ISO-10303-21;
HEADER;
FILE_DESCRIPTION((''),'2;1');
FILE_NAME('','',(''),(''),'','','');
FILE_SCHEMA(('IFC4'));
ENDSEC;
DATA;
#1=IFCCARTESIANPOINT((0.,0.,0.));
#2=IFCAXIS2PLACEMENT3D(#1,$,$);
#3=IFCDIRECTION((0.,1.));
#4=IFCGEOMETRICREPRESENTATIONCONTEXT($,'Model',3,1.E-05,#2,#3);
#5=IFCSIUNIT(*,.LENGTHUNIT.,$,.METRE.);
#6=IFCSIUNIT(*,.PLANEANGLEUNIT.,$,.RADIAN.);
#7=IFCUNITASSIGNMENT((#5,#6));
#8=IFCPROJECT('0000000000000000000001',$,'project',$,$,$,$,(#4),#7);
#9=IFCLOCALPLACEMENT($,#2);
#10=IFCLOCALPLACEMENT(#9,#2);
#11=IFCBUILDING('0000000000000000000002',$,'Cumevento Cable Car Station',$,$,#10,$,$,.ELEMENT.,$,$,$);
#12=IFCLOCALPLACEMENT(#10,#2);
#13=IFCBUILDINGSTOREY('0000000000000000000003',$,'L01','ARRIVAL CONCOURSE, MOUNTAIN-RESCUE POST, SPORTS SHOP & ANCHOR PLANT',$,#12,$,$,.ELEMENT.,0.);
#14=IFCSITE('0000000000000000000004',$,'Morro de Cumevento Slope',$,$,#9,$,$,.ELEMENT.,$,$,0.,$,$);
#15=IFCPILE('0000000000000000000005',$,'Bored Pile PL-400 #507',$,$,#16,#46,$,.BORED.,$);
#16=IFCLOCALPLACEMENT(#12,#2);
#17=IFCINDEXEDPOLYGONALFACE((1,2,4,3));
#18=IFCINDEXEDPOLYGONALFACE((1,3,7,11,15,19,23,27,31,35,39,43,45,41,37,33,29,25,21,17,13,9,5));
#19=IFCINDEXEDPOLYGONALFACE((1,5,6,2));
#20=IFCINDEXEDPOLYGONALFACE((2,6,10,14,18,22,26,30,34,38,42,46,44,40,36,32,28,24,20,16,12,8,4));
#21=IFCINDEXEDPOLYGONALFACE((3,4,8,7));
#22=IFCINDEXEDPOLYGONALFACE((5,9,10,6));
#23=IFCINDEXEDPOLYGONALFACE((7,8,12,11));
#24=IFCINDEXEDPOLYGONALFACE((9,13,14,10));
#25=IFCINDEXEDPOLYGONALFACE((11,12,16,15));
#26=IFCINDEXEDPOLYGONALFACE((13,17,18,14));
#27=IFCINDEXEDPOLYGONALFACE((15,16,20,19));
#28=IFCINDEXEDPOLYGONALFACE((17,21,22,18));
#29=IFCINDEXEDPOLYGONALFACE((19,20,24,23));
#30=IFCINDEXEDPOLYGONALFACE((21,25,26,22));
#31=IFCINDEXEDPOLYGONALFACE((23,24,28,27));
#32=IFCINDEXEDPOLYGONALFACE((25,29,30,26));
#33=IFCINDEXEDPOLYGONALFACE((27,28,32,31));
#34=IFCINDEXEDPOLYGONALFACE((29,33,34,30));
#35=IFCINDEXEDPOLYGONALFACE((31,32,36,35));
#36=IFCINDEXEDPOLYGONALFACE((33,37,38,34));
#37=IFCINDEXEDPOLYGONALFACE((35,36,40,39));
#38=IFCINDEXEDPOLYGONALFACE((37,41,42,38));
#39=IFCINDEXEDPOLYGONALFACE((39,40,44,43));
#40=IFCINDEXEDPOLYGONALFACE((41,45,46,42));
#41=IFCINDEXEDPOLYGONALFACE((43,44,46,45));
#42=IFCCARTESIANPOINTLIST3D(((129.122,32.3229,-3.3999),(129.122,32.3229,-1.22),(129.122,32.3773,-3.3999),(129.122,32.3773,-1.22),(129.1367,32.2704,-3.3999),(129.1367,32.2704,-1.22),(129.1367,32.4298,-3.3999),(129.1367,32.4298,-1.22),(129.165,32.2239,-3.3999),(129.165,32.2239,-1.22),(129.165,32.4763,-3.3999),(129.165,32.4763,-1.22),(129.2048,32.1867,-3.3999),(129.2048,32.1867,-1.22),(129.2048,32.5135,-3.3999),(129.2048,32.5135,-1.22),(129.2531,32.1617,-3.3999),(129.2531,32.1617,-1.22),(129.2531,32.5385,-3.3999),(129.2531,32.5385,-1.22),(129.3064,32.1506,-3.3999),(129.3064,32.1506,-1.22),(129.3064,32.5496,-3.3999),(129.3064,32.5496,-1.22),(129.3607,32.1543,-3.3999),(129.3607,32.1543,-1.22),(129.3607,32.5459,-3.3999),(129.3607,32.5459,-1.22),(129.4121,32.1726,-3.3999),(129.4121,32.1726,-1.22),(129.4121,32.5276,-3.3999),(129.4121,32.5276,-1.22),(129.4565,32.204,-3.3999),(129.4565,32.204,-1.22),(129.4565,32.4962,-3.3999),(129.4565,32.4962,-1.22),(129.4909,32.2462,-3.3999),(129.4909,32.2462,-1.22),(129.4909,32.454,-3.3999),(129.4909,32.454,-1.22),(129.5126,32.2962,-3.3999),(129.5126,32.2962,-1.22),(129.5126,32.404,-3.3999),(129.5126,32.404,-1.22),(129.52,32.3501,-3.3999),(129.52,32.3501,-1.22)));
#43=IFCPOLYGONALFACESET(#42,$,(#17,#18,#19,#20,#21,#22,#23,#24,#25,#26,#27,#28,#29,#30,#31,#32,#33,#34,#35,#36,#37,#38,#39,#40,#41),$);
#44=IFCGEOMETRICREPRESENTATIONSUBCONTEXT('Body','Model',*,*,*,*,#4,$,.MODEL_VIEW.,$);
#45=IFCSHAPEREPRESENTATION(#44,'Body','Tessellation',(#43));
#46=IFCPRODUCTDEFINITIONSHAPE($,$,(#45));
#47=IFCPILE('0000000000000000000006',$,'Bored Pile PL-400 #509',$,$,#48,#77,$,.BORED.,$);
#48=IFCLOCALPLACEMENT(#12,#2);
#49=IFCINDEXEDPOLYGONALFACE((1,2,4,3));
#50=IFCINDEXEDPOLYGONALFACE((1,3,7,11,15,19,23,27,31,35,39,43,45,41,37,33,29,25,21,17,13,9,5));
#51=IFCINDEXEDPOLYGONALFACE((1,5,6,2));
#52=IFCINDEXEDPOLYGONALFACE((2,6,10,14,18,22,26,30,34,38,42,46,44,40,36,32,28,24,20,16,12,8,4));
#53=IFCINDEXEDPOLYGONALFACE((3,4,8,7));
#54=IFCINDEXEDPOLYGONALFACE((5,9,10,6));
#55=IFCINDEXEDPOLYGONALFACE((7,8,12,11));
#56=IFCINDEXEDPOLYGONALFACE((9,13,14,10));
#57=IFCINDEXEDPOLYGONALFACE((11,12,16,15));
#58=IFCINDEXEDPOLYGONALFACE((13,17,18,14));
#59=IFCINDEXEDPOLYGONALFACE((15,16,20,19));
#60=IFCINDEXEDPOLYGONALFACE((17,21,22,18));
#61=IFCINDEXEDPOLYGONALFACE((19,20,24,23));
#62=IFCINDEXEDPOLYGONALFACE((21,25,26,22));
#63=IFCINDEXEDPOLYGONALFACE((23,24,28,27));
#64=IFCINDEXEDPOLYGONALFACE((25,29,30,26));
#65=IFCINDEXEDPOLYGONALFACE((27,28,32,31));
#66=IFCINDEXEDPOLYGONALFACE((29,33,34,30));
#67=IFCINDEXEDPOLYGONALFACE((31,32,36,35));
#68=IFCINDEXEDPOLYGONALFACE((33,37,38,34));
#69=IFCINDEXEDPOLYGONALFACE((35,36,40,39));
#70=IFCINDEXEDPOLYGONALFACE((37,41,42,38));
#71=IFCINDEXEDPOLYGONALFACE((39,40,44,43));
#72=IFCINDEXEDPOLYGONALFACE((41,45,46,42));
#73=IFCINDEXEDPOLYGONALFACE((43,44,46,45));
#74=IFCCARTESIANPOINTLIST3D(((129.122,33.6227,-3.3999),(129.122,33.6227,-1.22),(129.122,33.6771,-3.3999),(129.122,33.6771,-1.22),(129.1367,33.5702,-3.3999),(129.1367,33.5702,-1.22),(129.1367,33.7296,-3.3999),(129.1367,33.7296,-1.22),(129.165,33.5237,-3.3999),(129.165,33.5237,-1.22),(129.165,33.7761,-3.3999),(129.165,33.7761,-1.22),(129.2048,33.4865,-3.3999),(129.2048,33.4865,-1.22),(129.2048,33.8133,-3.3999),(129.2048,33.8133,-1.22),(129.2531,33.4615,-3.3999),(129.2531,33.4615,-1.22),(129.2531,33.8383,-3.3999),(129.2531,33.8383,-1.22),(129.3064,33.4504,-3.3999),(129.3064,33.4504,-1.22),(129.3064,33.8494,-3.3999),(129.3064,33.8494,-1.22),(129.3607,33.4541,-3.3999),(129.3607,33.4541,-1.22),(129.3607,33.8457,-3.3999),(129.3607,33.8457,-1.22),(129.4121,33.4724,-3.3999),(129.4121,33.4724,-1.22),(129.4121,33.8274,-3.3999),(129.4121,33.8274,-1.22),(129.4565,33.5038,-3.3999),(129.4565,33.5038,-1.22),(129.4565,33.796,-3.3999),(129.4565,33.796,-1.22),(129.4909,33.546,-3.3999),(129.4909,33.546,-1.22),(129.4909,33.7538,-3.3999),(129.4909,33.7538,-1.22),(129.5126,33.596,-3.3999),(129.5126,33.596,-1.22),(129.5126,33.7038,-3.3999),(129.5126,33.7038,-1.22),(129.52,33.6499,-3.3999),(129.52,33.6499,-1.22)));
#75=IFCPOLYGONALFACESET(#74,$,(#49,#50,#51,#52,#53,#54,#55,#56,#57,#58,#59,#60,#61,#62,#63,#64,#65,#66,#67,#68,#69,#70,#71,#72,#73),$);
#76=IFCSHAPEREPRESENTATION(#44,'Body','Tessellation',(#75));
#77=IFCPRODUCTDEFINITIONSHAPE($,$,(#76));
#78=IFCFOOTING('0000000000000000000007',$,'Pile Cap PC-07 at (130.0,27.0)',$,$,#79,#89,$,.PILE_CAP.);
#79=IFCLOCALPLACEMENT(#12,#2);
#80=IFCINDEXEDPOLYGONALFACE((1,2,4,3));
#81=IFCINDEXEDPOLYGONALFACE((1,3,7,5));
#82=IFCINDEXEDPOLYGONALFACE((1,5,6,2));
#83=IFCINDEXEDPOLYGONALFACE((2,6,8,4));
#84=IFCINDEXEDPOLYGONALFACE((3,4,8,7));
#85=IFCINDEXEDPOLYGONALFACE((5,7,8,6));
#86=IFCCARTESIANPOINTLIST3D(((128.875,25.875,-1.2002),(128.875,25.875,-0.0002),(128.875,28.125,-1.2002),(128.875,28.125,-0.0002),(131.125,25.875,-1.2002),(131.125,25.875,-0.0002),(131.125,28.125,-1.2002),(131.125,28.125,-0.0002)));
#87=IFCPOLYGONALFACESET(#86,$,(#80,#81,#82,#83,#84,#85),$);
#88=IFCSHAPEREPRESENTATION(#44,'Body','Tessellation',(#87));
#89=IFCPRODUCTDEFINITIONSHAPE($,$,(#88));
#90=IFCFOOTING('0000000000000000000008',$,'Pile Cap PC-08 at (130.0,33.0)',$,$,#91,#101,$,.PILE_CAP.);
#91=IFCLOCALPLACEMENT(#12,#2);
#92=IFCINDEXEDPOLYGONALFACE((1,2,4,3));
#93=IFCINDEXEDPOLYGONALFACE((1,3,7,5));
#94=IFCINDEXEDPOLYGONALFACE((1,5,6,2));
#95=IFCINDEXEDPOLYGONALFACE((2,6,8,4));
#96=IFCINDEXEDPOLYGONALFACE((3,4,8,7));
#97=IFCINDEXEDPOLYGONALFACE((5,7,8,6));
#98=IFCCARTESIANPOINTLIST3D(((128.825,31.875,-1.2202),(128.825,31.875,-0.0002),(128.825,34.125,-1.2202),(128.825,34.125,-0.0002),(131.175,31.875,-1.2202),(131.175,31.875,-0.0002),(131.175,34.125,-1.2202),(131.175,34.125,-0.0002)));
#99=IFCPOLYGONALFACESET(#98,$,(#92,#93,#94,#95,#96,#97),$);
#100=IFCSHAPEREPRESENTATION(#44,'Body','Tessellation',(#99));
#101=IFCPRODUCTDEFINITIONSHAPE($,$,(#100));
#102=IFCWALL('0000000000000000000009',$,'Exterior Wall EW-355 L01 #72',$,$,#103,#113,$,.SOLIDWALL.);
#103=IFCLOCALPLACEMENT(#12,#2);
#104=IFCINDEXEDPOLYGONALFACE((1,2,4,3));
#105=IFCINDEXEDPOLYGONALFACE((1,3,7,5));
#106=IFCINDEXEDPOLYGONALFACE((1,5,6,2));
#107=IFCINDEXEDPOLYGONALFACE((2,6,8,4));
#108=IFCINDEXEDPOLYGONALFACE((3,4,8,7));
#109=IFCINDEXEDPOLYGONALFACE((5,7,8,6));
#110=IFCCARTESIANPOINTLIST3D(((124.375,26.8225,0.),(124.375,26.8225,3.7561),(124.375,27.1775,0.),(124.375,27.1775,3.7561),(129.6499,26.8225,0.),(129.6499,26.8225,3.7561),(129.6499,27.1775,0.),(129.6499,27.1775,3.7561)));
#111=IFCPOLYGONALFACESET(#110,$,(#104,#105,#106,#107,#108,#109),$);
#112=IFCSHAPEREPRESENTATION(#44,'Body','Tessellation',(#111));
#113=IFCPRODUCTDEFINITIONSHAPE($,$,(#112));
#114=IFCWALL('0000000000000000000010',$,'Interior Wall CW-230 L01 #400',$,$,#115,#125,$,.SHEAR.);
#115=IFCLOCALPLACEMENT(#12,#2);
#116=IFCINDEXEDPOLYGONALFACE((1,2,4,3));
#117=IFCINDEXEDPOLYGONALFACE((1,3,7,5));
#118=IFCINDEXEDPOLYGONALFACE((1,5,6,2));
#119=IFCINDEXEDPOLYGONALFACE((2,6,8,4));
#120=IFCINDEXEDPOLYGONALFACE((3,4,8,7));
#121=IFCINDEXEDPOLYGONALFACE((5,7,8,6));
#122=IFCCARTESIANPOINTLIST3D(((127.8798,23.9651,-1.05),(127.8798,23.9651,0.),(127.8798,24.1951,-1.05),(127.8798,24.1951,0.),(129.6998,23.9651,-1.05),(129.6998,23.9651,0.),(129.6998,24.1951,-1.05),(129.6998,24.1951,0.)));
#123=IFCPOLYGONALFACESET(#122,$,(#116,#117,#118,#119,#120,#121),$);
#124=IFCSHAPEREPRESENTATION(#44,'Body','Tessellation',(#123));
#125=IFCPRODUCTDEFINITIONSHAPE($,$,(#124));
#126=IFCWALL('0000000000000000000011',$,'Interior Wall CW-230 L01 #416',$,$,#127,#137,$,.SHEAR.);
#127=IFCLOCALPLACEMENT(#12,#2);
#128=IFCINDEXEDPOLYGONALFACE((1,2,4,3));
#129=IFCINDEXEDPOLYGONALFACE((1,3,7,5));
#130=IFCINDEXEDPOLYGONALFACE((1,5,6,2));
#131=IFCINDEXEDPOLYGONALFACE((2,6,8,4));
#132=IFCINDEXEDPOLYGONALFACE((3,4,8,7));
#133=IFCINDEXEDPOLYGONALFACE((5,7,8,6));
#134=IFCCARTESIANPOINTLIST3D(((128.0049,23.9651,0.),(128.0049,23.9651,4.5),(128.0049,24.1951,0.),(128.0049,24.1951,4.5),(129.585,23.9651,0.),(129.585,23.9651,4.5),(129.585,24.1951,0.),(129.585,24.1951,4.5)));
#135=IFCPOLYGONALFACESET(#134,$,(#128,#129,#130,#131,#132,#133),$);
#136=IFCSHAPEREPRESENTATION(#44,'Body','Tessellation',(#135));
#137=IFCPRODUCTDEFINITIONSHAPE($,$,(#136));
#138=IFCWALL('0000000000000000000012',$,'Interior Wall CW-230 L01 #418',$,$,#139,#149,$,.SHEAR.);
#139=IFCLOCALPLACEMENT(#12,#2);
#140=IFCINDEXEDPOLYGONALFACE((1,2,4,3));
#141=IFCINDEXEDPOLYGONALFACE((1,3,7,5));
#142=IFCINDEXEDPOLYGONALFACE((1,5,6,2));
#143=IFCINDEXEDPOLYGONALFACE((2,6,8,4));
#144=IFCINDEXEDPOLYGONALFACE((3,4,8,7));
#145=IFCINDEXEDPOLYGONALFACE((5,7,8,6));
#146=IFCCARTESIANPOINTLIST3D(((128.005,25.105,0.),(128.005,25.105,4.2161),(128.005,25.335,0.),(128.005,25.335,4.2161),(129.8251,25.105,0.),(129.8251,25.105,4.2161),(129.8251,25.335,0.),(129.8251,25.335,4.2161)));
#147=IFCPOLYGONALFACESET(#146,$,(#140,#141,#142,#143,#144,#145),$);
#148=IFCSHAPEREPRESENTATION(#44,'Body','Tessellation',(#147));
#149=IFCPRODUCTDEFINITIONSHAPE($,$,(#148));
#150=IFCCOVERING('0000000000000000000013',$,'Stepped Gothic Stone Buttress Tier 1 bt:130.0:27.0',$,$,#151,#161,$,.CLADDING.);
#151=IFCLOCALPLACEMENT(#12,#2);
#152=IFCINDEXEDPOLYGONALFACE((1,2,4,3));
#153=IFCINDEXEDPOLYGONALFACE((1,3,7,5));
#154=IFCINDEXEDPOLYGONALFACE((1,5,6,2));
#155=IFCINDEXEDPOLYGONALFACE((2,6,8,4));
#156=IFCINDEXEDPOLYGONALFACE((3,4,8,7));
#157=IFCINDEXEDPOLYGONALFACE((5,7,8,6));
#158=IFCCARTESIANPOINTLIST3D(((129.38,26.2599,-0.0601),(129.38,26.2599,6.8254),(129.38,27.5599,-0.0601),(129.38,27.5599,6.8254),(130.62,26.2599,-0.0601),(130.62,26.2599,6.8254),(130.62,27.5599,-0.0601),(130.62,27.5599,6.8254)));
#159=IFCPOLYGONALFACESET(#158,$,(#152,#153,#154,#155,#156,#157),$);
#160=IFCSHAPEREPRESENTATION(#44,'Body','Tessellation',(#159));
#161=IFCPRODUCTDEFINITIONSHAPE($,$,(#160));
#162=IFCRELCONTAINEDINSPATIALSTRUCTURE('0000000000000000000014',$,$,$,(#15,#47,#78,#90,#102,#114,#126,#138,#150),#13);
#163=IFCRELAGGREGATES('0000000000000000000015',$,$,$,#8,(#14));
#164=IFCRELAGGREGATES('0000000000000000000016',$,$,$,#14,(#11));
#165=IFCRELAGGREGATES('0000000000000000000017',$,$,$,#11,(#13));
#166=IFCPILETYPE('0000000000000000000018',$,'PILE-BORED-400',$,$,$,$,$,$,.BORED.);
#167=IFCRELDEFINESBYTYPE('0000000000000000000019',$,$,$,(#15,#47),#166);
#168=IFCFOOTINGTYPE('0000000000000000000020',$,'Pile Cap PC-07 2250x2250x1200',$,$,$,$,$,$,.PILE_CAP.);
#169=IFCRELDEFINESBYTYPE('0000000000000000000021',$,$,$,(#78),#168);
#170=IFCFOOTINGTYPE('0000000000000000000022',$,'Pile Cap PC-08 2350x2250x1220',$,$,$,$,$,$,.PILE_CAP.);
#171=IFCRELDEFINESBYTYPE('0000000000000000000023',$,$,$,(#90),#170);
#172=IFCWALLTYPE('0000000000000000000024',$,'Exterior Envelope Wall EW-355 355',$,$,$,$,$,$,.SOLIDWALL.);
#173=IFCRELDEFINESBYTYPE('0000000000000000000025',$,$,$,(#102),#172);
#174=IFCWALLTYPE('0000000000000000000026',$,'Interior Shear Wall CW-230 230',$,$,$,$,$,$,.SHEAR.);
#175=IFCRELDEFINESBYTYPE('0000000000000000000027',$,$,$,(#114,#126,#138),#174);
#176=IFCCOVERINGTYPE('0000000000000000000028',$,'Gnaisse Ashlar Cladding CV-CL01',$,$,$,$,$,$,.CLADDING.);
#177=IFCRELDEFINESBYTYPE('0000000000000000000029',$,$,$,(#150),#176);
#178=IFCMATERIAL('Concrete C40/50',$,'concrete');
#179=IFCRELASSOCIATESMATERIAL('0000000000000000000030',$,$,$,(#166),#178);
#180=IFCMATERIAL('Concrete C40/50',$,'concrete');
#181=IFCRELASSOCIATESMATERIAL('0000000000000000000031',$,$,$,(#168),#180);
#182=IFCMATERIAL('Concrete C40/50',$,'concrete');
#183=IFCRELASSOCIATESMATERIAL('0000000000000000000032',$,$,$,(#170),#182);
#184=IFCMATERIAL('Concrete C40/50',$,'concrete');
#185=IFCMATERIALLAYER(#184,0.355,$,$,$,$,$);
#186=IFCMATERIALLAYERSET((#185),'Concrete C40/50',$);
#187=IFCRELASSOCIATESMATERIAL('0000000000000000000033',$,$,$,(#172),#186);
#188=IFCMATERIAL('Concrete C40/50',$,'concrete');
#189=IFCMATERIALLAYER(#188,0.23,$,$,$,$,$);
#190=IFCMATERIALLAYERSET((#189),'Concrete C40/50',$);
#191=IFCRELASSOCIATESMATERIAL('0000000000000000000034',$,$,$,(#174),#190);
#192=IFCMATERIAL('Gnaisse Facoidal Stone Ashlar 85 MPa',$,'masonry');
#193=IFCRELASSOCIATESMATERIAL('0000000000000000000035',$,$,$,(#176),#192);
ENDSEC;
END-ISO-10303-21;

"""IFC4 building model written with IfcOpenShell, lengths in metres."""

from ifc_helpers import new_model, si_unit, direction, frame, frame_2d, origin, origin_2d, place, context, subcontext, project, spatial, rectangle, circle, extrude, material, layer, layer_set, material_profile, profile_set, type_object, element, save


model = new_model("IFC4")

# Units and contexts
model_context = context("Model", 3, precision=1e-05, world=origin(), true_north=direction((0.0, 1.0)))
body_context = subcontext(model_context, "Body", "Model", "MODEL_VIEW")
ifc_project = project(units=[si_unit("LENGTHUNIT", "METRE"), si_unit("PLANEANGLEUNIT", "RADIAN")], contexts=[model_context])

# Site, building, storey
site_placement = place(None, origin())
site = spatial("IfcSite", under=ifc_project, at=site_placement, Name="Morro de Cumevento Slope", CompositionType="ELEMENT", RefElevation=0.0)
building_placement = place(site_placement, origin())
building = spatial("IfcBuilding", under=site, at=building_placement, Name="Cumevento Cable Car Station", CompositionType="ELEMENT")
storey_placement = place(building_placement, origin())
storey = spatial("IfcBuildingStorey", under=building, at=storey_placement, Name="L01", Description="ARRIVAL CONCOURSE, MOUNTAIN-RESCUE POST, SPORTS SHOP & ANCHOR PLANT", CompositionType="ELEMENT", Elevation=0.0)

# Piles
ifc_material_1 = material(Name="Concrete C40/50", Category="concrete")
ifc_material_profile = material_profile(ifc_material_1, circle(Radius=0.2, at=origin_2d()), Name="PILE-D400")
ifc_profile_set = profile_set([ifc_material_profile], Name="Concrete C40/50")
pile_type = type_object("IfcPileType", Name="PILE-BORED-400", PredefinedType="BORED", material=ifc_profile_set)
for number, where, z_axis, x_axis, name in (
    (1, (129.3201, 32.3501, -1.22), (0.0, 0.0, -1.0), (1.0, 0.0, 0.0), "Bored Pile PL-400 #507"),
    (2, (129.3201, 33.6499, -1.22), (0.0, 0.0, -1.0), (1.0, 0.0, 0.0), "Bored Pile PL-400 #509"),
):
    element("IfcPile", number, at=place(storey_placement, frame(where, z_axis=z_axis, x_axis=x_axis)), inside=storey, type_object=pile_type, Name=name, PredefinedType="BORED", context=body_context, shape_type="SweptSolid", body=[
        extrude(circle(Radius=0.2, at=origin_2d()), origin(), (0.0, 0.0, 1.0), 2.1799),
    ])

# Footings
ifc_material_2 = material(Name="Concrete C40/50", Category="concrete")
footing_type_1 = type_object("IfcFootingType", Name="Pile Cap PC-07 2250x2250x1200", PredefinedType="PILE_CAP", material=ifc_material_2)
footing_1_placement = place(storey_placement, frame((130.0, 27.0, -1.2002), z_axis=(0.0, 0.0, 1.0), x_axis=(1.0, 0.0, 0.0)))
element("IfcFooting", 3, at=footing_1_placement, inside=storey, type_object=footing_type_1, Name="Pile Cap PC-07 at (130.0,27.0)", PredefinedType="PILE_CAP", context=body_context, shape_type="SweptSolid", body=[
    extrude(rectangle(XDim=2.25, YDim=2.25, at=origin_2d()), origin(), (0.0, 0.0, 1.0), 1.2),
])
ifc_material_3 = material(Name="Concrete C40/50", Category="concrete")
footing_type_2 = type_object("IfcFootingType", Name="Pile Cap PC-08 2350x2250x1220", PredefinedType="PILE_CAP", material=ifc_material_3)
footing_2_placement = place(storey_placement, frame((130.0, 33.0, -1.2202), z_axis=(0.0, 0.0, 1.0), x_axis=(1.0, 0.0, 0.0)))
element("IfcFooting", 4, at=footing_2_placement, inside=storey, type_object=footing_type_2, Name="Pile Cap PC-08 at (130.0,33.0)", PredefinedType="PILE_CAP", context=body_context, shape_type="SweptSolid", body=[
    extrude(rectangle(XDim=2.3501, YDim=2.25, at=origin_2d()), origin(), (0.0, 0.0, 1.0), 1.22),
])

# Walls
ifc_material_4 = material(Name="Concrete C40/50", Category="concrete")
ifc_layer_1 = layer(ifc_material_4, 0.355)
ifc_layer_set_1 = layer_set([ifc_layer_1], Name="Concrete C40/50")
wall_type_1 = type_object("IfcWallType", Name="Exterior Envelope Wall EW-355 355", PredefinedType="SOLIDWALL", material=ifc_layer_set_1)
wall_1_placement = place(storey_placement, frame((124.375, 27.0, 0.0), z_axis=(0.0, 0.0, 1.0), x_axis=(1.0, 0.0, 0.0)))
element("IfcWall", 5, at=wall_1_placement, inside=storey, type_object=wall_type_1, Name="Exterior Wall EW-355 L01 #72", PredefinedType="SOLIDWALL", context=body_context, shape_type="SweptSolid", body=[
    extrude(rectangle(XDim=5.2749, YDim=0.355, at=frame_2d((2.6375, 0.0))), origin(), (0.0, 0.0, 1.0), 3.7561),
])
ifc_material_5 = material(Name="Concrete C40/50", Category="concrete")
ifc_layer_2 = layer(ifc_material_5, 0.23)
ifc_layer_set_2 = layer_set([ifc_layer_2], Name="Concrete C40/50")
wall_type_2 = type_object("IfcWallType", Name="Interior Shear Wall CW-230 230", PredefinedType="SHEAR", material=ifc_layer_set_2)
wall_2_placement = place(storey_placement, frame((129.7, 24.0801, -1.05), z_axis=(0.0, 0.0, 1.0), x_axis=(-1.0, 0.0, 0.0)))
element("IfcWall", 6, at=wall_2_placement, inside=storey, type_object=wall_type_2, Name="Interior Wall CW-230 L01 #400", PredefinedType="SHEAR", context=body_context, shape_type="SweptSolid", body=[
    extrude(rectangle(XDim=1.8201, YDim=0.23, at=frame_2d((0.9102, 0.0))), origin(), (0.0, 0.0, 1.0), 1.05),
])
wall_3_placement = place(storey_placement, frame((128.0049, 24.0801, 0.0), z_axis=(0.0, 0.0, 1.0), x_axis=(1.0, 0.0, 0.0)))
element("IfcWall", 7, at=wall_3_placement, inside=storey, type_object=wall_type_2, Name="Interior Wall CW-230 L01 #416", PredefinedType="SHEAR", context=body_context, shape_type="SweptSolid", body=[
    extrude(rectangle(XDim=1.5801, YDim=0.23, at=frame_2d((0.79, 0.0))), origin(), (0.0, 0.0, 1.0), 4.5),
])
wall_4_placement = place(storey_placement, frame((128.0049, 25.22, 0.0), z_axis=(0.0, 0.0, 1.0), x_axis=(1.0, 0.0, 0.0)))
element("IfcWall", 8, at=wall_4_placement, inside=storey, type_object=wall_type_2, Name="Interior Wall CW-230 L01 #418", PredefinedType="SHEAR", context=body_context, shape_type="SweptSolid", body=[
    extrude(rectangle(XDim=1.8201, YDim=0.23, at=frame_2d((0.9102, 0.0))), origin(), (0.0, 0.0, 1.0), 4.2161),
])

# Covering
ifc_material_6 = material(Name="Gnaisse Facoidal Stone Ashlar 85 MPa", Category="masonry")
covering_type = type_object("IfcCoveringType", Name="Gnaisse Ashlar Cladding CV-CL01", PredefinedType="CLADDING", material=ifc_material_6)
covering_1_placement = place(storey_placement, frame((130.0, 26.9099, -0.0601), z_axis=(0.0, 0.0, 1.0), x_axis=(1.0, 0.0, 0.0)))
element("IfcCovering", 9, at=covering_1_placement, inside=storey, type_object=covering_type, Name="Stepped Gothic Stone Buttress Tier 1 bt:130.0:27.0", PredefinedType="CLADDING", context=body_context, shape_type="SweptSolid", body=[
    extrude(rectangle(XDim=1.24, YDim=1.3, at=origin_2d()), origin(), (0.0, 0.0, 1.0), 6.8855),
])

save(model, "model.ifc")
